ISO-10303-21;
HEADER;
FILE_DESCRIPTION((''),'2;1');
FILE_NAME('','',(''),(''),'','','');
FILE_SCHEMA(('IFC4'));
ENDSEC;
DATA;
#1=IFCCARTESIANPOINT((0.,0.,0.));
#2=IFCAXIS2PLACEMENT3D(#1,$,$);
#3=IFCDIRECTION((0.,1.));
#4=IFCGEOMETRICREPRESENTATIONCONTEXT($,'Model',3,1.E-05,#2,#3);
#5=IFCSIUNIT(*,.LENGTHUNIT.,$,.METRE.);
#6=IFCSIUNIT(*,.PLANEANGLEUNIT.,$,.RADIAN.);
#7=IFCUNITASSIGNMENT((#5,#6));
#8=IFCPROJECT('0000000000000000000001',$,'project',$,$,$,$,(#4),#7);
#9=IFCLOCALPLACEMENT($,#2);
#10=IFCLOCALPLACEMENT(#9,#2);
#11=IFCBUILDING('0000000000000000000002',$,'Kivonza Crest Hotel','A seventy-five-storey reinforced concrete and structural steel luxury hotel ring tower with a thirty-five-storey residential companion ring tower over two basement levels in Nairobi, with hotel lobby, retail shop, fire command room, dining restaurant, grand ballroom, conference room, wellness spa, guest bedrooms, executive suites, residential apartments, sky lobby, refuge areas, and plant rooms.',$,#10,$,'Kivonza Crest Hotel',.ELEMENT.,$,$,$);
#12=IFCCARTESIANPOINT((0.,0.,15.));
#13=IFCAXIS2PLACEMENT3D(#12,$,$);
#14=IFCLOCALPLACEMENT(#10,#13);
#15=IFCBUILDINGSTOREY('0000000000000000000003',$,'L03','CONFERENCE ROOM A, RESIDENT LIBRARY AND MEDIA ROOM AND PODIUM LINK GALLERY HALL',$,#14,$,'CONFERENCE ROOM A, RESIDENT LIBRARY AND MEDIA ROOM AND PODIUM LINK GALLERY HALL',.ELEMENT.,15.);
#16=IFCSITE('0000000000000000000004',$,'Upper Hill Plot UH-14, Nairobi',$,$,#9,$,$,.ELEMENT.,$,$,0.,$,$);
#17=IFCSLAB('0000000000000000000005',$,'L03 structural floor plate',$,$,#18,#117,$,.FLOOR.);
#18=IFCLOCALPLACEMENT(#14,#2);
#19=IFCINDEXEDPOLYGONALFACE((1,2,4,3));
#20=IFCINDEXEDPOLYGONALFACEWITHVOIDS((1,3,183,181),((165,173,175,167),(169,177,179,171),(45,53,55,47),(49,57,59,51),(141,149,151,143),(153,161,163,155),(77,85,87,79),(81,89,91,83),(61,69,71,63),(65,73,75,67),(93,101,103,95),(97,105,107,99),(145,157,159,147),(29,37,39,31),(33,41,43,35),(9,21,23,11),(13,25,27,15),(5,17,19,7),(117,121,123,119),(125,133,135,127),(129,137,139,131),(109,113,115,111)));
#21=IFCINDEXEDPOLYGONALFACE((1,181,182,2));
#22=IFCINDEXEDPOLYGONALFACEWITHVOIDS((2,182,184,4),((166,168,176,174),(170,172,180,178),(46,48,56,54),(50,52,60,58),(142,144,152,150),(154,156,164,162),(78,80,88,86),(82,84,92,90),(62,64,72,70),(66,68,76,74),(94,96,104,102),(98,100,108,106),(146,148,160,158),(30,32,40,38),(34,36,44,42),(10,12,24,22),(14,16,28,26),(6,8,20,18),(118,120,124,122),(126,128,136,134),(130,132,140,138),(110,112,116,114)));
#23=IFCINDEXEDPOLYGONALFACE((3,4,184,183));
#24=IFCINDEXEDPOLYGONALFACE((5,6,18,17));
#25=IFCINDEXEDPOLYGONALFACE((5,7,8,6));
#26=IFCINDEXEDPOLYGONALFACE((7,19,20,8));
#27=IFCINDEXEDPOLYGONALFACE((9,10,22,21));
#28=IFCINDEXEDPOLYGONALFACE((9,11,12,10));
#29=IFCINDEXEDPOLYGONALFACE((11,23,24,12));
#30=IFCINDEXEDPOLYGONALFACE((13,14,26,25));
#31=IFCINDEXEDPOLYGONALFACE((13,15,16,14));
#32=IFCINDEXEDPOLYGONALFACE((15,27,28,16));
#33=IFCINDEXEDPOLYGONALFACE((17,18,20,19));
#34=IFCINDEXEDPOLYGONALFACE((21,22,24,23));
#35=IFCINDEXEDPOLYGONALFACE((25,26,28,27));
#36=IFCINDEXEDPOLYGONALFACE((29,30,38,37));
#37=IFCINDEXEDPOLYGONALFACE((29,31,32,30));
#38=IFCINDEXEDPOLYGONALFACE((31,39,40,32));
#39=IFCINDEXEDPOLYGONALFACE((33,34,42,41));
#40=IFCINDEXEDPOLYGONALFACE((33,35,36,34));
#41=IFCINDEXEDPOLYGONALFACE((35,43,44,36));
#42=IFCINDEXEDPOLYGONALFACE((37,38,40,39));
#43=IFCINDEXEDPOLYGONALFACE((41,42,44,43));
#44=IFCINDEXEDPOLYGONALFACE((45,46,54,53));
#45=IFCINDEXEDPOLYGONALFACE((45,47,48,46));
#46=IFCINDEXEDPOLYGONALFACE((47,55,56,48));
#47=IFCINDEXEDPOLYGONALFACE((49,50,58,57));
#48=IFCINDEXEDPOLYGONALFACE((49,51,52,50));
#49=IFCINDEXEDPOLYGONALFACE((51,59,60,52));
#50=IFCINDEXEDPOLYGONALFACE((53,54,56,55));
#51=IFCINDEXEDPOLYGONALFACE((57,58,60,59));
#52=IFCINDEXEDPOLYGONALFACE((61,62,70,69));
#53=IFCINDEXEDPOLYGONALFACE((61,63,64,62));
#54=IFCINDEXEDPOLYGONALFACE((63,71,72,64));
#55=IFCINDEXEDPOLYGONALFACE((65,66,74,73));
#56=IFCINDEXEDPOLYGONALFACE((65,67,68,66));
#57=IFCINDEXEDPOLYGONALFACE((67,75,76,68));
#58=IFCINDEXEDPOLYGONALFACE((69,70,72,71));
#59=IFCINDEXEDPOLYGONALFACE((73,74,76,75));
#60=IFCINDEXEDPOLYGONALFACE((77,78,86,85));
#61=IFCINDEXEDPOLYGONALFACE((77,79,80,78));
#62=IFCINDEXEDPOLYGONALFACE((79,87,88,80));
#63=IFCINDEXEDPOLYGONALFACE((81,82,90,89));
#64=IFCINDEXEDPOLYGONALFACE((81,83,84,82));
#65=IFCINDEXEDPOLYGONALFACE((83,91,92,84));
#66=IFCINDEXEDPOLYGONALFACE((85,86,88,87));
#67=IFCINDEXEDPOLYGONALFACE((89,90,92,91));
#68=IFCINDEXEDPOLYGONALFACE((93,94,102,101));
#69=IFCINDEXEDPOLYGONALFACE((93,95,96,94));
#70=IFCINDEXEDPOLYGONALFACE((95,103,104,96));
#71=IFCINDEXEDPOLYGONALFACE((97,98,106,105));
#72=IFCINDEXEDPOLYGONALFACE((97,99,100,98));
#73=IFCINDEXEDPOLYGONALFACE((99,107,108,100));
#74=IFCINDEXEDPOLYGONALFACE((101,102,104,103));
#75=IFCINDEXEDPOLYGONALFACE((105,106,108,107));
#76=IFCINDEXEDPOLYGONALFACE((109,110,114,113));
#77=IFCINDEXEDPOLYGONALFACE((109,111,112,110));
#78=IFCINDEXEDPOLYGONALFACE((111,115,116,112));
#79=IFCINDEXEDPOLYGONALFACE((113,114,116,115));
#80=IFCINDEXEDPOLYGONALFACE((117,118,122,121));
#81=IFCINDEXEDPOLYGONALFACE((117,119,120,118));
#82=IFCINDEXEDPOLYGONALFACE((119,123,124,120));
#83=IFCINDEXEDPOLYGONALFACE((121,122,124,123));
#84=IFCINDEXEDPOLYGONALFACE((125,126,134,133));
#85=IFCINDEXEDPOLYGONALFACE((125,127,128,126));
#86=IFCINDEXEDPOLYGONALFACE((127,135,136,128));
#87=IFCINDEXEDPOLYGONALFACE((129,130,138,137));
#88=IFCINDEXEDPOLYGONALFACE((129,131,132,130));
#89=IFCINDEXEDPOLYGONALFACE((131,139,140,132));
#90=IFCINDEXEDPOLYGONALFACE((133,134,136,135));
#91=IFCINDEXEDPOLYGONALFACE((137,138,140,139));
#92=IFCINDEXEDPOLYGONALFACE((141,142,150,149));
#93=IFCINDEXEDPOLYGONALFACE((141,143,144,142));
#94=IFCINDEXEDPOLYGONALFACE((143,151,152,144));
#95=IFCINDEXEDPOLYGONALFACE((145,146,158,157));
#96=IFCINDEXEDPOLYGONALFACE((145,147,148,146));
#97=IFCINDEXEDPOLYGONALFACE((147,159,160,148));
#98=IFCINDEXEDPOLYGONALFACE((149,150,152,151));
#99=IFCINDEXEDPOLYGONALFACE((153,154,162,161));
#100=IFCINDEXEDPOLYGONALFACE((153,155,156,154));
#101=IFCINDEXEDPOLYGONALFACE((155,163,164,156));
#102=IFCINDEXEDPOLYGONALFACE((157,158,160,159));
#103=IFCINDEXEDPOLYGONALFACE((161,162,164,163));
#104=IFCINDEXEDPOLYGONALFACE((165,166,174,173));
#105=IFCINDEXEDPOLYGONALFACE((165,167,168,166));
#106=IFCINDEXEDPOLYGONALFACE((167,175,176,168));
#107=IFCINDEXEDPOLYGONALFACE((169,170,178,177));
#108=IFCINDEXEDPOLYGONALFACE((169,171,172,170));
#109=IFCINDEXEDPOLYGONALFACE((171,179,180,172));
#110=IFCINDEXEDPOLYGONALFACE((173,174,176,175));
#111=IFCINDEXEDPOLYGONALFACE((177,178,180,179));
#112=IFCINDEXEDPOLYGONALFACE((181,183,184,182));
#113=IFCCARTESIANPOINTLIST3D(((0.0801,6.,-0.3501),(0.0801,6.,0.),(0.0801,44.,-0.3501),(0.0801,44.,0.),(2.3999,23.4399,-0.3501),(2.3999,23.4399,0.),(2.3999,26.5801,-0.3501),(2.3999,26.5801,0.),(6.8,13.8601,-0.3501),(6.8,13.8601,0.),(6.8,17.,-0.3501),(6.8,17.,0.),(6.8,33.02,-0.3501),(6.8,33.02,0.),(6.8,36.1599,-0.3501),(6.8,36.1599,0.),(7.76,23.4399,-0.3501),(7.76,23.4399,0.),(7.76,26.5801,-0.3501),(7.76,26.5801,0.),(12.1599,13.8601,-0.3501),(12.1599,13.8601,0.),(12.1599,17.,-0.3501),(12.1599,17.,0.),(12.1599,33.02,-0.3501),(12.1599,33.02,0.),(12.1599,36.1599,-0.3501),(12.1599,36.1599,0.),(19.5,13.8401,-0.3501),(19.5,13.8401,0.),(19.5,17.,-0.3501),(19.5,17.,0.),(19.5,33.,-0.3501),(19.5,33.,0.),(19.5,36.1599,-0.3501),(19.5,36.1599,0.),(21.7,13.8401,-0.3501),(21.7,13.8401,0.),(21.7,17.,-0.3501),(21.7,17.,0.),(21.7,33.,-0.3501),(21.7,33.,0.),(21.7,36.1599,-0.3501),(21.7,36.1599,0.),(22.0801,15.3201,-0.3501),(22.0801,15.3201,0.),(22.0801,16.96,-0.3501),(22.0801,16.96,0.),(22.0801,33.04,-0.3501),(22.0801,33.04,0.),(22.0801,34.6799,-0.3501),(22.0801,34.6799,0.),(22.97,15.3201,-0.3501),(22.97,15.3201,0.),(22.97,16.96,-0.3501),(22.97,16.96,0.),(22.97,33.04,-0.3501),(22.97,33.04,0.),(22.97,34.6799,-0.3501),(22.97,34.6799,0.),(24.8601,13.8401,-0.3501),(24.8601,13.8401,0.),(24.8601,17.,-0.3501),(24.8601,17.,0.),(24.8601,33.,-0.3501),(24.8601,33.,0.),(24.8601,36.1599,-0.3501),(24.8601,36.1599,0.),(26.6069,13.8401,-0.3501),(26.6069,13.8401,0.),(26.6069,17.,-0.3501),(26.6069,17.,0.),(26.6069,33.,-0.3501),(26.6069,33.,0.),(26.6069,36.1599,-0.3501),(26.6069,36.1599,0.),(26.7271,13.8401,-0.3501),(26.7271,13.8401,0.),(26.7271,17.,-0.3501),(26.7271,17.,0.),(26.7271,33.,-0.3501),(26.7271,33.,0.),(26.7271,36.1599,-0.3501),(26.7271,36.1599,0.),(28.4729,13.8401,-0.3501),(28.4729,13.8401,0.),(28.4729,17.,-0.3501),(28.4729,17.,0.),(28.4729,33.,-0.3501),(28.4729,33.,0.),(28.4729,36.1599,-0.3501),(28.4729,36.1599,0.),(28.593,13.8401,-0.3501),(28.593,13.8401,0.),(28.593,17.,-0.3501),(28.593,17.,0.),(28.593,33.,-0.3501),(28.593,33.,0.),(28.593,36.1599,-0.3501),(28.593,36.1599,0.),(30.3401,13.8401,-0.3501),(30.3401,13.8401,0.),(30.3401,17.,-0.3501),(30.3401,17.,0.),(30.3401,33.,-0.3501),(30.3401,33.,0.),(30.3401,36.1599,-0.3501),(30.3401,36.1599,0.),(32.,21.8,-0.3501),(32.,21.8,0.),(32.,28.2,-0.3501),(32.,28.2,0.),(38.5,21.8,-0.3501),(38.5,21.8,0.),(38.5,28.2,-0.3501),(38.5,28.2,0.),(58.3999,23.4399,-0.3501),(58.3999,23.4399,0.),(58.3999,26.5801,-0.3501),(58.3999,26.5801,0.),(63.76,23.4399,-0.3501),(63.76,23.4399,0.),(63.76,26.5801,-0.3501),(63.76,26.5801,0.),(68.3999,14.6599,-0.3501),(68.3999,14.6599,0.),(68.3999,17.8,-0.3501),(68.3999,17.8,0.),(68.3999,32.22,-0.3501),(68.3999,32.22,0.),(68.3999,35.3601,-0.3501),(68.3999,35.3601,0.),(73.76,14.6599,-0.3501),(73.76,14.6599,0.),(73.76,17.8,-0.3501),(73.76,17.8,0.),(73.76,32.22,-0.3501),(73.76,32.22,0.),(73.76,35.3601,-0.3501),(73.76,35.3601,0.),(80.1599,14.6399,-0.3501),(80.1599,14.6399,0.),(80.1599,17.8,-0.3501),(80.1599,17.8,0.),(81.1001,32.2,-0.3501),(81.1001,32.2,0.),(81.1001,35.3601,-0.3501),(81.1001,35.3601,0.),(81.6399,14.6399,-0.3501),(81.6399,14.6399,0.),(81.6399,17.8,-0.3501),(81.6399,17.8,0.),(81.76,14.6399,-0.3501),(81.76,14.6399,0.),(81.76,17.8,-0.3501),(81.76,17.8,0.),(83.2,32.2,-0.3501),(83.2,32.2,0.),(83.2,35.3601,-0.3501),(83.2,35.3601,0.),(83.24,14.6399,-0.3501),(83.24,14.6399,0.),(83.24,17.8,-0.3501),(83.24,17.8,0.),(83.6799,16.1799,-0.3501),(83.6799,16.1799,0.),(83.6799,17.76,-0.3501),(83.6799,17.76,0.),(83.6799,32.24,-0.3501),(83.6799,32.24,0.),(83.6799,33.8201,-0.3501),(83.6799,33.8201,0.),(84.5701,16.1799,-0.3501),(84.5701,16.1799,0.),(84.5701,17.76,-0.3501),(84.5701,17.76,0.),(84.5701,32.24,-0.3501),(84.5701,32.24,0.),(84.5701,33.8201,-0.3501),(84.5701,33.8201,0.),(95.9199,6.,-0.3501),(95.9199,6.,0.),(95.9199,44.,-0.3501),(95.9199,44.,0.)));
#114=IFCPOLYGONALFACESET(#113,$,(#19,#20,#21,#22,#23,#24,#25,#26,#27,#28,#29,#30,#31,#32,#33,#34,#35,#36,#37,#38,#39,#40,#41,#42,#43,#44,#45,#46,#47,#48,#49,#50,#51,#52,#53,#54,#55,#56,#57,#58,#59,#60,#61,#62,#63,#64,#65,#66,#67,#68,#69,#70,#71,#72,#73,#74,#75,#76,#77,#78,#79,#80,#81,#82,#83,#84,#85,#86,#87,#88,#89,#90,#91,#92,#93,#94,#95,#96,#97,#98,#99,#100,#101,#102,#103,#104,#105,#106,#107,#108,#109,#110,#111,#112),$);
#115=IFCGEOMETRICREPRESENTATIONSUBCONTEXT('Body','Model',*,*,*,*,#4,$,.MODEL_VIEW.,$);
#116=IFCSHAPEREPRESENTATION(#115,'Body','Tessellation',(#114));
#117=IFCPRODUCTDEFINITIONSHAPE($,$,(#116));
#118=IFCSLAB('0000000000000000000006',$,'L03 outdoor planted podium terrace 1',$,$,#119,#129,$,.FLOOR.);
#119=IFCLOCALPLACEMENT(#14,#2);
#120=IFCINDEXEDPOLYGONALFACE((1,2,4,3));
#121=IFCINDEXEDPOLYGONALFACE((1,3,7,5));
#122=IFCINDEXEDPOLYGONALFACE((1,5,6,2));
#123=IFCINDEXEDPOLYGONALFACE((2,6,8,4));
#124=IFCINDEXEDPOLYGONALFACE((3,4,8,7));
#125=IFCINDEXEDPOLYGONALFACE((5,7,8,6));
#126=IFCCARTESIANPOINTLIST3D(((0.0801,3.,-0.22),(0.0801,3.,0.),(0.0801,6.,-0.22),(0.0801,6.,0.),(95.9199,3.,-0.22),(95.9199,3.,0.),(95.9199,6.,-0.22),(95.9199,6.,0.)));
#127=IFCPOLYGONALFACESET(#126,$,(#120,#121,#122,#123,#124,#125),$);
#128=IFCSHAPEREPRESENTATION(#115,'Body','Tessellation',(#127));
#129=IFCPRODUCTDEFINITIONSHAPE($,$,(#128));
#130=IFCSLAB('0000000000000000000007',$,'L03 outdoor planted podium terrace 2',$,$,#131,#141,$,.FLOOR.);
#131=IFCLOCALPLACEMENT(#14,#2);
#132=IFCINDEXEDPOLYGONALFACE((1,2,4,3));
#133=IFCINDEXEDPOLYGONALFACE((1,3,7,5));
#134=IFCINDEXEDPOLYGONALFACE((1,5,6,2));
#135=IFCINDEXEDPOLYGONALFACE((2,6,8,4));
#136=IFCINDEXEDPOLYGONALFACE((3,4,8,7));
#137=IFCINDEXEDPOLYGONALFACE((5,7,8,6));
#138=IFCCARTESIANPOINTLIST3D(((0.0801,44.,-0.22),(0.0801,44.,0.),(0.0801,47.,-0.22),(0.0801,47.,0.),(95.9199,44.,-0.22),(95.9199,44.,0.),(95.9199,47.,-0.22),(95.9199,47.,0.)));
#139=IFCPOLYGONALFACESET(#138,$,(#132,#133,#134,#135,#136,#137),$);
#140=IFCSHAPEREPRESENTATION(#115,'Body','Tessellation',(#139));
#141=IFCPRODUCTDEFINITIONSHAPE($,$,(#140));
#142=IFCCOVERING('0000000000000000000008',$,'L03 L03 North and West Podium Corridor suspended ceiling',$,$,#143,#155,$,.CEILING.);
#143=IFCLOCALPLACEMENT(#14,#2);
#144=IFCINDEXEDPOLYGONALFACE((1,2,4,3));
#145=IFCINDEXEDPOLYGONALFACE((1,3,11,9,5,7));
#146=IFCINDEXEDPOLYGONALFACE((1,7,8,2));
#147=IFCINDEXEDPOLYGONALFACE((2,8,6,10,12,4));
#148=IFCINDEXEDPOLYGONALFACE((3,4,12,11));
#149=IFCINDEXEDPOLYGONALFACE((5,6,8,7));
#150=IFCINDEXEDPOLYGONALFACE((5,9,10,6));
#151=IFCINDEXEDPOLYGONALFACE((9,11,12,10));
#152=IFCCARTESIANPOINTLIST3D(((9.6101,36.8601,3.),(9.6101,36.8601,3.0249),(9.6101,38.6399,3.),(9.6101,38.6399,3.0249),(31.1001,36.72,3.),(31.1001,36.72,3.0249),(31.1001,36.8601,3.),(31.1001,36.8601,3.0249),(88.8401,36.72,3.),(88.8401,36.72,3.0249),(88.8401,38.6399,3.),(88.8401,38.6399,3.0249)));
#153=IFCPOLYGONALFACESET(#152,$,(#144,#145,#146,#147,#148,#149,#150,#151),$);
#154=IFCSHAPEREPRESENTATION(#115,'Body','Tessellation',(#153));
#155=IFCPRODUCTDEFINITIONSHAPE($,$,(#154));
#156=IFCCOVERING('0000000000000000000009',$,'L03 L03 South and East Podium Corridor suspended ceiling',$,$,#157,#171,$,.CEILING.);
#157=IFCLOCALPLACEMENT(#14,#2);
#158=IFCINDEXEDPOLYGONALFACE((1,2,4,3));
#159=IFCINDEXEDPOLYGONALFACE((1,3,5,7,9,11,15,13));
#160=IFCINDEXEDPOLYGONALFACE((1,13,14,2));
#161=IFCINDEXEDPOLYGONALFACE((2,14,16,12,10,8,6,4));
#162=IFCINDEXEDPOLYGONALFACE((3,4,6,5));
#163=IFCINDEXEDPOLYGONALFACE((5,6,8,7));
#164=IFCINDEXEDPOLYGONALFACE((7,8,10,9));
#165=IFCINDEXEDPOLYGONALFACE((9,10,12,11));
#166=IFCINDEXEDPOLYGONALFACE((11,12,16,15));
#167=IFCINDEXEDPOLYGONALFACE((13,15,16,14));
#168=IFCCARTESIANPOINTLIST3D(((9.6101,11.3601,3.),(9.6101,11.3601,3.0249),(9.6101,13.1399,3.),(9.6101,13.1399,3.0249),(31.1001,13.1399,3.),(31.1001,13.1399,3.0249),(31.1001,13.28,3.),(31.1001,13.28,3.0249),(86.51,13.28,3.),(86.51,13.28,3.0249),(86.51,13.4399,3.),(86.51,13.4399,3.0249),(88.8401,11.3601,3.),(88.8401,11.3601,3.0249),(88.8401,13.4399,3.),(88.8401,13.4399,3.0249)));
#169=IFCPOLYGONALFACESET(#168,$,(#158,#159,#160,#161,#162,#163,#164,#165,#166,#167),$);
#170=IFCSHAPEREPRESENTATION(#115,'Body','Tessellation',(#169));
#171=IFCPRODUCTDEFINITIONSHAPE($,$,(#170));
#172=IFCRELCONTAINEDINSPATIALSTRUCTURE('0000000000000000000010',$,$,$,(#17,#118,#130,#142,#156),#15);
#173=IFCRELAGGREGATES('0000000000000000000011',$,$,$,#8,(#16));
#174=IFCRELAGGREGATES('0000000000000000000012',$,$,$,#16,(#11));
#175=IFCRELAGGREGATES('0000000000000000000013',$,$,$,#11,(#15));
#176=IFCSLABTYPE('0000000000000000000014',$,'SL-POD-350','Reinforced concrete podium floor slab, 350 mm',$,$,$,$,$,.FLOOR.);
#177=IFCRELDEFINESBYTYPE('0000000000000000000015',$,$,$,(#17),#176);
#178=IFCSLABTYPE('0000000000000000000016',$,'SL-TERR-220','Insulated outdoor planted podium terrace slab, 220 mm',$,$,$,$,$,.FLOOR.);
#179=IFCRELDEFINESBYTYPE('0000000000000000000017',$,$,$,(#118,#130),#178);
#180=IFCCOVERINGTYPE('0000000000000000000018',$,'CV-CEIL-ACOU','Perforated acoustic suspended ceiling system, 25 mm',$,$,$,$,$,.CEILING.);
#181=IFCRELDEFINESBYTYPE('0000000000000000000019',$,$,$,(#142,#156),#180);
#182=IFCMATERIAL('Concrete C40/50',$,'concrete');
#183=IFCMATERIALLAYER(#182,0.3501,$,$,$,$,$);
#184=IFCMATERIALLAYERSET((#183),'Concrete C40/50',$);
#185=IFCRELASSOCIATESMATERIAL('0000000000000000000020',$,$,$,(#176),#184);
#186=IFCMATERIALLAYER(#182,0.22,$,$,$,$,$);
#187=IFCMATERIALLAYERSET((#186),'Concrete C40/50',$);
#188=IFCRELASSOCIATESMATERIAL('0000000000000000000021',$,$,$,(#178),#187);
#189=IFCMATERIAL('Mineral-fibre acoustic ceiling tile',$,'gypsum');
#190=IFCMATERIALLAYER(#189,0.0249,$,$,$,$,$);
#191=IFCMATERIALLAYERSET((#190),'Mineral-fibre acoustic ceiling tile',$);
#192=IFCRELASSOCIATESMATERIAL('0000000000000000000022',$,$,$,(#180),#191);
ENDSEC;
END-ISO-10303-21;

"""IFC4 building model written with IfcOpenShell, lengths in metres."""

from ifc_helpers import new_model, si_unit, direction, frame, origin, place, context, subcontext, project, spatial, polyline, outline, extrude, material, layer, layer_set, type_object, element, save


model = new_model("IFC4")

# Units and contexts
model_context = context("Model", 3, precision=1e-05, world=origin(), true_north=direction((0.0, 1.0)))
body_context = subcontext(model_context, "Body", "Model", "MODEL_VIEW")
ifc_project = project(units=[si_unit("LENGTHUNIT", "METRE"), si_unit("PLANEANGLEUNIT", "RADIAN")], contexts=[model_context])

# Site, building, storey
site_placement = place(None, origin())
site = spatial("IfcSite", under=ifc_project, at=site_placement, Name="Upper Hill Plot UH-14, Nairobi", CompositionType="ELEMENT", RefElevation=0.0)
building_placement = place(site_placement, origin())
building = spatial("IfcBuilding", under=site, at=building_placement, Name="Kivonza Crest Hotel", Description="A seventy-five-storey reinforced concrete and structural steel luxury hotel ring tower with a thirty-five-storey residential companion ring tower over two basement levels in Nairobi, with hotel lobby, retail shop, fire command room, dining restaurant, grand ballroom, conference room, wellness spa, guest bedrooms, executive suites, residential apartments, sky lobby, refuge areas, and plant rooms.", LongName="Kivonza Crest Hotel", CompositionType="ELEMENT")
storey_placement = place(building_placement, frame((0.0, 0.0, 15.0)))
storey = spatial("IfcBuildingStorey", under=building, at=storey_placement, Name="L03", Description="CONFERENCE ROOM A, RESIDENT LIBRARY AND MEDIA ROOM AND PODIUM LINK GALLERY HALL", LongName="CONFERENCE ROOM A, RESIDENT LIBRARY AND MEDIA ROOM AND PODIUM LINK GALLERY HALL", CompositionType="ELEMENT", Elevation=15.0)

# Shared definitions
ifc_material_1 = material(Name="Concrete C40/50", Category="concrete")

# Slabs
ifc_layer_1 = layer(ifc_material_1, 0.3501)
ifc_layer_set_1 = layer_set([ifc_layer_1], Name="Concrete C40/50")
slab_type_1 = type_object("IfcSlabType", Name="SL-POD-350", Description="Reinforced concrete podium floor slab, 350 mm", PredefinedType="FLOOR", material=ifc_layer_set_1)
slab_1_placement = place(storey_placement, frame((0.0, 0.0, -0.3501)))
element("IfcSlab", 1, at=slab_1_placement, inside=storey, type_object=slab_type_1, Name="L03 structural floor plate", PredefinedType="FLOOR", context=body_context, shape_type="SweptSolid", body=[
    extrude(outline(polyline([(0.0801, 6.0), (95.9199, 6.0), (95.9199, 44.0), (0.0801, 44.0), (0.0801, 6.0)]), holes=[polyline([(6.8, 33.02), (12.1599, 33.02), (12.1599, 36.1599), (6.8, 36.1599), (6.8, 33.02)]), polyline([(6.8, 13.8601), (12.1599, 13.8601), (12.1599, 17.0), (6.8, 17.0), (6.8, 13.8601)]), polyline([(68.3999, 32.22), (73.76, 32.22), (73.76, 35.3601), (68.3999, 35.3601), (68.3999, 32.22)]), polyline([(68.3999, 14.6599), (73.76, 14.6599), (73.76, 17.8), (68.3999, 17.8), (68.3999, 14.6599)]), polyline([(2.3999, 23.4399), (7.76, 23.4399), (7.76, 26.5801), (2.3999, 26.5801), (2.3999, 23.4399)]), polyline([(58.3999, 23.4399), (63.76, 23.4399), (63.76, 26.5801), (58.3999, 26.5801), (58.3999, 23.4399)]), polyline([(22.0801, 33.04), (22.97, 33.04), (22.97, 34.6799), (22.0801, 34.6799), (22.0801, 33.04)]), polyline([(22.0801, 15.3201), (22.97, 15.3201), (22.97, 16.96), (22.0801, 16.96), (22.0801, 15.3201)]), polyline([(83.6799, 32.24), (84.5701, 32.24), (84.5701, 33.8201), (83.6799, 33.8201), (83.6799, 32.24)]), polyline([(83.6799, 16.1799), (84.5701, 16.1799), (84.5701, 17.76), (83.6799, 17.76), (83.6799, 16.1799)]), polyline([(19.5, 33.0), (21.7, 33.0), (21.7, 36.1599), (19.5, 36.1599), (19.5, 33.0)]), polyline([(24.8601, 33.0), (26.6069, 33.0), (26.6069, 36.1599), (24.8601, 36.1599), (24.8601, 33.0)]), polyline([(26.7271, 33.0), (28.4729, 33.0), (28.4729, 36.1599), (26.7271, 36.1599), (26.7271, 33.0)]), polyline([(28.593, 33.0), (30.3401, 33.0), (30.3401, 36.1599), (28.593, 36.1599), (28.593, 33.0)]), polyline([(19.5, 13.8401), (21.7, 13.8401), (21.7, 17.0), (19.5, 17.0), (19.5, 13.8401)]), polyline([(24.8601, 13.8401), (26.6069, 13.8401), (26.6069, 17.0), (24.8601, 17.0), (24.8601, 13.8401)]), polyline([(26.7271, 13.8401), (28.4729, 13.8401), (28.4729, 17.0), (26.7271, 17.0), (26.7271, 13.8401)]), polyline([(28.593, 13.8401), (30.3401, 13.8401), (30.3401, 17.0), (28.593, 17.0), (28.593, 13.8401)]), polyline([(81.1001, 32.2), (83.2, 32.2), (83.2, 35.3601), (81.1001, 35.3601), (81.1001, 32.2)]), polyline([(80.1599, 14.6399), (81.6399, 14.6399), (81.6399, 17.8), (80.1599, 17.8), (80.1599, 14.6399)]), polyline([(81.76, 14.6399), (83.24, 14.6399), (83.24, 17.8), (81.76, 17.8), (81.76, 14.6399)]), polyline([(32.0, 21.8), (38.5, 21.8), (38.5, 28.2), (32.0, 28.2), (32.0, 21.8)])]), origin(), (0.0, 0.0, 1.0), 0.3501),
])
ifc_layer_2 = layer(ifc_material_1, 0.22)
ifc_layer_set_2 = layer_set([ifc_layer_2], Name="Concrete C40/50")
slab_type_2 = type_object("IfcSlabType", Name="SL-TERR-220", Description="Insulated outdoor planted podium terrace slab, 220 mm", PredefinedType="FLOOR", material=ifc_layer_set_2)
slab_2_placement = place(storey_placement, frame((0.0, 0.0, -0.22)))
element("IfcSlab", 2, at=slab_2_placement, inside=storey, type_object=slab_type_2, Name="L03 outdoor planted podium terrace 1", PredefinedType="FLOOR", context=body_context, shape_type="SweptSolid", body=[
    extrude(outline(polyline([(0.0801, 3.0), (95.9199, 3.0), (95.9199, 6.0), (0.0801, 6.0), (0.0801, 3.0)])), origin(), (0.0, 0.0, 1.0), 0.22),
])
slab_3_placement = place(storey_placement, frame((0.0, 0.0, -0.22)))
element("IfcSlab", 3, at=slab_3_placement, inside=storey, type_object=slab_type_2, Name="L03 outdoor planted podium terrace 2", PredefinedType="FLOOR", context=body_context, shape_type="SweptSolid", body=[
    extrude(outline(polyline([(0.0801, 44.0), (95.9199, 44.0), (95.9199, 47.0), (0.0801, 47.0), (0.0801, 44.0)])), origin(), (0.0, 0.0, 1.0), 0.22),
])

# Coverings
ifc_material_2 = material(Name="Mineral-fibre acoustic ceiling tile", Category="gypsum")
ifc_layer_3 = layer(ifc_material_2, 0.0249)
ifc_layer_set_3 = layer_set([ifc_layer_3], Name="Mineral-fibre acoustic ceiling tile")
covering_type = type_object("IfcCoveringType", Name="CV-CEIL-ACOU", Description="Perforated acoustic suspended ceiling system, 25 mm", PredefinedType="CEILING", material=ifc_layer_set_3)
covering_1_placement = place(storey_placement, frame((0.0, 0.0, 3.0)))
element("IfcCovering", 4, at=covering_1_placement, inside=storey, type_object=covering_type, Name="L03 L03 North and West Podium Corridor suspended ceiling", PredefinedType="CEILING", context=body_context, shape_type="SweptSolid", body=[
    extrude(outline(polyline([(88.8401, 38.6399), (9.6101, 38.6399), (9.6101, 36.8601), (31.1001, 36.8601), (31.1001, 36.72), (88.8401, 36.72), (88.8401, 38.6399)])), origin(), (0.0, 0.0, 1.0), 0.0249),
])
covering_2_placement = place(storey_placement, frame((0.0, 0.0, 3.0)))
element("IfcCovering", 5, at=covering_2_placement, inside=storey, type_object=covering_type, Name="L03 L03 South and East Podium Corridor suspended ceiling", PredefinedType="CEILING", context=body_context, shape_type="SweptSolid", body=[
    extrude(outline(polyline([(88.8401, 11.3601), (88.8401, 13.4399), (86.51, 13.4399), (86.51, 13.28), (31.1001, 13.28), (31.1001, 13.1399), (9.6101, 13.1399), (9.6101, 11.3601), (88.8401, 11.3601)])), origin(), (0.0, 0.0, 1.0), 0.0249),
])

save(model, "model.ifc")
